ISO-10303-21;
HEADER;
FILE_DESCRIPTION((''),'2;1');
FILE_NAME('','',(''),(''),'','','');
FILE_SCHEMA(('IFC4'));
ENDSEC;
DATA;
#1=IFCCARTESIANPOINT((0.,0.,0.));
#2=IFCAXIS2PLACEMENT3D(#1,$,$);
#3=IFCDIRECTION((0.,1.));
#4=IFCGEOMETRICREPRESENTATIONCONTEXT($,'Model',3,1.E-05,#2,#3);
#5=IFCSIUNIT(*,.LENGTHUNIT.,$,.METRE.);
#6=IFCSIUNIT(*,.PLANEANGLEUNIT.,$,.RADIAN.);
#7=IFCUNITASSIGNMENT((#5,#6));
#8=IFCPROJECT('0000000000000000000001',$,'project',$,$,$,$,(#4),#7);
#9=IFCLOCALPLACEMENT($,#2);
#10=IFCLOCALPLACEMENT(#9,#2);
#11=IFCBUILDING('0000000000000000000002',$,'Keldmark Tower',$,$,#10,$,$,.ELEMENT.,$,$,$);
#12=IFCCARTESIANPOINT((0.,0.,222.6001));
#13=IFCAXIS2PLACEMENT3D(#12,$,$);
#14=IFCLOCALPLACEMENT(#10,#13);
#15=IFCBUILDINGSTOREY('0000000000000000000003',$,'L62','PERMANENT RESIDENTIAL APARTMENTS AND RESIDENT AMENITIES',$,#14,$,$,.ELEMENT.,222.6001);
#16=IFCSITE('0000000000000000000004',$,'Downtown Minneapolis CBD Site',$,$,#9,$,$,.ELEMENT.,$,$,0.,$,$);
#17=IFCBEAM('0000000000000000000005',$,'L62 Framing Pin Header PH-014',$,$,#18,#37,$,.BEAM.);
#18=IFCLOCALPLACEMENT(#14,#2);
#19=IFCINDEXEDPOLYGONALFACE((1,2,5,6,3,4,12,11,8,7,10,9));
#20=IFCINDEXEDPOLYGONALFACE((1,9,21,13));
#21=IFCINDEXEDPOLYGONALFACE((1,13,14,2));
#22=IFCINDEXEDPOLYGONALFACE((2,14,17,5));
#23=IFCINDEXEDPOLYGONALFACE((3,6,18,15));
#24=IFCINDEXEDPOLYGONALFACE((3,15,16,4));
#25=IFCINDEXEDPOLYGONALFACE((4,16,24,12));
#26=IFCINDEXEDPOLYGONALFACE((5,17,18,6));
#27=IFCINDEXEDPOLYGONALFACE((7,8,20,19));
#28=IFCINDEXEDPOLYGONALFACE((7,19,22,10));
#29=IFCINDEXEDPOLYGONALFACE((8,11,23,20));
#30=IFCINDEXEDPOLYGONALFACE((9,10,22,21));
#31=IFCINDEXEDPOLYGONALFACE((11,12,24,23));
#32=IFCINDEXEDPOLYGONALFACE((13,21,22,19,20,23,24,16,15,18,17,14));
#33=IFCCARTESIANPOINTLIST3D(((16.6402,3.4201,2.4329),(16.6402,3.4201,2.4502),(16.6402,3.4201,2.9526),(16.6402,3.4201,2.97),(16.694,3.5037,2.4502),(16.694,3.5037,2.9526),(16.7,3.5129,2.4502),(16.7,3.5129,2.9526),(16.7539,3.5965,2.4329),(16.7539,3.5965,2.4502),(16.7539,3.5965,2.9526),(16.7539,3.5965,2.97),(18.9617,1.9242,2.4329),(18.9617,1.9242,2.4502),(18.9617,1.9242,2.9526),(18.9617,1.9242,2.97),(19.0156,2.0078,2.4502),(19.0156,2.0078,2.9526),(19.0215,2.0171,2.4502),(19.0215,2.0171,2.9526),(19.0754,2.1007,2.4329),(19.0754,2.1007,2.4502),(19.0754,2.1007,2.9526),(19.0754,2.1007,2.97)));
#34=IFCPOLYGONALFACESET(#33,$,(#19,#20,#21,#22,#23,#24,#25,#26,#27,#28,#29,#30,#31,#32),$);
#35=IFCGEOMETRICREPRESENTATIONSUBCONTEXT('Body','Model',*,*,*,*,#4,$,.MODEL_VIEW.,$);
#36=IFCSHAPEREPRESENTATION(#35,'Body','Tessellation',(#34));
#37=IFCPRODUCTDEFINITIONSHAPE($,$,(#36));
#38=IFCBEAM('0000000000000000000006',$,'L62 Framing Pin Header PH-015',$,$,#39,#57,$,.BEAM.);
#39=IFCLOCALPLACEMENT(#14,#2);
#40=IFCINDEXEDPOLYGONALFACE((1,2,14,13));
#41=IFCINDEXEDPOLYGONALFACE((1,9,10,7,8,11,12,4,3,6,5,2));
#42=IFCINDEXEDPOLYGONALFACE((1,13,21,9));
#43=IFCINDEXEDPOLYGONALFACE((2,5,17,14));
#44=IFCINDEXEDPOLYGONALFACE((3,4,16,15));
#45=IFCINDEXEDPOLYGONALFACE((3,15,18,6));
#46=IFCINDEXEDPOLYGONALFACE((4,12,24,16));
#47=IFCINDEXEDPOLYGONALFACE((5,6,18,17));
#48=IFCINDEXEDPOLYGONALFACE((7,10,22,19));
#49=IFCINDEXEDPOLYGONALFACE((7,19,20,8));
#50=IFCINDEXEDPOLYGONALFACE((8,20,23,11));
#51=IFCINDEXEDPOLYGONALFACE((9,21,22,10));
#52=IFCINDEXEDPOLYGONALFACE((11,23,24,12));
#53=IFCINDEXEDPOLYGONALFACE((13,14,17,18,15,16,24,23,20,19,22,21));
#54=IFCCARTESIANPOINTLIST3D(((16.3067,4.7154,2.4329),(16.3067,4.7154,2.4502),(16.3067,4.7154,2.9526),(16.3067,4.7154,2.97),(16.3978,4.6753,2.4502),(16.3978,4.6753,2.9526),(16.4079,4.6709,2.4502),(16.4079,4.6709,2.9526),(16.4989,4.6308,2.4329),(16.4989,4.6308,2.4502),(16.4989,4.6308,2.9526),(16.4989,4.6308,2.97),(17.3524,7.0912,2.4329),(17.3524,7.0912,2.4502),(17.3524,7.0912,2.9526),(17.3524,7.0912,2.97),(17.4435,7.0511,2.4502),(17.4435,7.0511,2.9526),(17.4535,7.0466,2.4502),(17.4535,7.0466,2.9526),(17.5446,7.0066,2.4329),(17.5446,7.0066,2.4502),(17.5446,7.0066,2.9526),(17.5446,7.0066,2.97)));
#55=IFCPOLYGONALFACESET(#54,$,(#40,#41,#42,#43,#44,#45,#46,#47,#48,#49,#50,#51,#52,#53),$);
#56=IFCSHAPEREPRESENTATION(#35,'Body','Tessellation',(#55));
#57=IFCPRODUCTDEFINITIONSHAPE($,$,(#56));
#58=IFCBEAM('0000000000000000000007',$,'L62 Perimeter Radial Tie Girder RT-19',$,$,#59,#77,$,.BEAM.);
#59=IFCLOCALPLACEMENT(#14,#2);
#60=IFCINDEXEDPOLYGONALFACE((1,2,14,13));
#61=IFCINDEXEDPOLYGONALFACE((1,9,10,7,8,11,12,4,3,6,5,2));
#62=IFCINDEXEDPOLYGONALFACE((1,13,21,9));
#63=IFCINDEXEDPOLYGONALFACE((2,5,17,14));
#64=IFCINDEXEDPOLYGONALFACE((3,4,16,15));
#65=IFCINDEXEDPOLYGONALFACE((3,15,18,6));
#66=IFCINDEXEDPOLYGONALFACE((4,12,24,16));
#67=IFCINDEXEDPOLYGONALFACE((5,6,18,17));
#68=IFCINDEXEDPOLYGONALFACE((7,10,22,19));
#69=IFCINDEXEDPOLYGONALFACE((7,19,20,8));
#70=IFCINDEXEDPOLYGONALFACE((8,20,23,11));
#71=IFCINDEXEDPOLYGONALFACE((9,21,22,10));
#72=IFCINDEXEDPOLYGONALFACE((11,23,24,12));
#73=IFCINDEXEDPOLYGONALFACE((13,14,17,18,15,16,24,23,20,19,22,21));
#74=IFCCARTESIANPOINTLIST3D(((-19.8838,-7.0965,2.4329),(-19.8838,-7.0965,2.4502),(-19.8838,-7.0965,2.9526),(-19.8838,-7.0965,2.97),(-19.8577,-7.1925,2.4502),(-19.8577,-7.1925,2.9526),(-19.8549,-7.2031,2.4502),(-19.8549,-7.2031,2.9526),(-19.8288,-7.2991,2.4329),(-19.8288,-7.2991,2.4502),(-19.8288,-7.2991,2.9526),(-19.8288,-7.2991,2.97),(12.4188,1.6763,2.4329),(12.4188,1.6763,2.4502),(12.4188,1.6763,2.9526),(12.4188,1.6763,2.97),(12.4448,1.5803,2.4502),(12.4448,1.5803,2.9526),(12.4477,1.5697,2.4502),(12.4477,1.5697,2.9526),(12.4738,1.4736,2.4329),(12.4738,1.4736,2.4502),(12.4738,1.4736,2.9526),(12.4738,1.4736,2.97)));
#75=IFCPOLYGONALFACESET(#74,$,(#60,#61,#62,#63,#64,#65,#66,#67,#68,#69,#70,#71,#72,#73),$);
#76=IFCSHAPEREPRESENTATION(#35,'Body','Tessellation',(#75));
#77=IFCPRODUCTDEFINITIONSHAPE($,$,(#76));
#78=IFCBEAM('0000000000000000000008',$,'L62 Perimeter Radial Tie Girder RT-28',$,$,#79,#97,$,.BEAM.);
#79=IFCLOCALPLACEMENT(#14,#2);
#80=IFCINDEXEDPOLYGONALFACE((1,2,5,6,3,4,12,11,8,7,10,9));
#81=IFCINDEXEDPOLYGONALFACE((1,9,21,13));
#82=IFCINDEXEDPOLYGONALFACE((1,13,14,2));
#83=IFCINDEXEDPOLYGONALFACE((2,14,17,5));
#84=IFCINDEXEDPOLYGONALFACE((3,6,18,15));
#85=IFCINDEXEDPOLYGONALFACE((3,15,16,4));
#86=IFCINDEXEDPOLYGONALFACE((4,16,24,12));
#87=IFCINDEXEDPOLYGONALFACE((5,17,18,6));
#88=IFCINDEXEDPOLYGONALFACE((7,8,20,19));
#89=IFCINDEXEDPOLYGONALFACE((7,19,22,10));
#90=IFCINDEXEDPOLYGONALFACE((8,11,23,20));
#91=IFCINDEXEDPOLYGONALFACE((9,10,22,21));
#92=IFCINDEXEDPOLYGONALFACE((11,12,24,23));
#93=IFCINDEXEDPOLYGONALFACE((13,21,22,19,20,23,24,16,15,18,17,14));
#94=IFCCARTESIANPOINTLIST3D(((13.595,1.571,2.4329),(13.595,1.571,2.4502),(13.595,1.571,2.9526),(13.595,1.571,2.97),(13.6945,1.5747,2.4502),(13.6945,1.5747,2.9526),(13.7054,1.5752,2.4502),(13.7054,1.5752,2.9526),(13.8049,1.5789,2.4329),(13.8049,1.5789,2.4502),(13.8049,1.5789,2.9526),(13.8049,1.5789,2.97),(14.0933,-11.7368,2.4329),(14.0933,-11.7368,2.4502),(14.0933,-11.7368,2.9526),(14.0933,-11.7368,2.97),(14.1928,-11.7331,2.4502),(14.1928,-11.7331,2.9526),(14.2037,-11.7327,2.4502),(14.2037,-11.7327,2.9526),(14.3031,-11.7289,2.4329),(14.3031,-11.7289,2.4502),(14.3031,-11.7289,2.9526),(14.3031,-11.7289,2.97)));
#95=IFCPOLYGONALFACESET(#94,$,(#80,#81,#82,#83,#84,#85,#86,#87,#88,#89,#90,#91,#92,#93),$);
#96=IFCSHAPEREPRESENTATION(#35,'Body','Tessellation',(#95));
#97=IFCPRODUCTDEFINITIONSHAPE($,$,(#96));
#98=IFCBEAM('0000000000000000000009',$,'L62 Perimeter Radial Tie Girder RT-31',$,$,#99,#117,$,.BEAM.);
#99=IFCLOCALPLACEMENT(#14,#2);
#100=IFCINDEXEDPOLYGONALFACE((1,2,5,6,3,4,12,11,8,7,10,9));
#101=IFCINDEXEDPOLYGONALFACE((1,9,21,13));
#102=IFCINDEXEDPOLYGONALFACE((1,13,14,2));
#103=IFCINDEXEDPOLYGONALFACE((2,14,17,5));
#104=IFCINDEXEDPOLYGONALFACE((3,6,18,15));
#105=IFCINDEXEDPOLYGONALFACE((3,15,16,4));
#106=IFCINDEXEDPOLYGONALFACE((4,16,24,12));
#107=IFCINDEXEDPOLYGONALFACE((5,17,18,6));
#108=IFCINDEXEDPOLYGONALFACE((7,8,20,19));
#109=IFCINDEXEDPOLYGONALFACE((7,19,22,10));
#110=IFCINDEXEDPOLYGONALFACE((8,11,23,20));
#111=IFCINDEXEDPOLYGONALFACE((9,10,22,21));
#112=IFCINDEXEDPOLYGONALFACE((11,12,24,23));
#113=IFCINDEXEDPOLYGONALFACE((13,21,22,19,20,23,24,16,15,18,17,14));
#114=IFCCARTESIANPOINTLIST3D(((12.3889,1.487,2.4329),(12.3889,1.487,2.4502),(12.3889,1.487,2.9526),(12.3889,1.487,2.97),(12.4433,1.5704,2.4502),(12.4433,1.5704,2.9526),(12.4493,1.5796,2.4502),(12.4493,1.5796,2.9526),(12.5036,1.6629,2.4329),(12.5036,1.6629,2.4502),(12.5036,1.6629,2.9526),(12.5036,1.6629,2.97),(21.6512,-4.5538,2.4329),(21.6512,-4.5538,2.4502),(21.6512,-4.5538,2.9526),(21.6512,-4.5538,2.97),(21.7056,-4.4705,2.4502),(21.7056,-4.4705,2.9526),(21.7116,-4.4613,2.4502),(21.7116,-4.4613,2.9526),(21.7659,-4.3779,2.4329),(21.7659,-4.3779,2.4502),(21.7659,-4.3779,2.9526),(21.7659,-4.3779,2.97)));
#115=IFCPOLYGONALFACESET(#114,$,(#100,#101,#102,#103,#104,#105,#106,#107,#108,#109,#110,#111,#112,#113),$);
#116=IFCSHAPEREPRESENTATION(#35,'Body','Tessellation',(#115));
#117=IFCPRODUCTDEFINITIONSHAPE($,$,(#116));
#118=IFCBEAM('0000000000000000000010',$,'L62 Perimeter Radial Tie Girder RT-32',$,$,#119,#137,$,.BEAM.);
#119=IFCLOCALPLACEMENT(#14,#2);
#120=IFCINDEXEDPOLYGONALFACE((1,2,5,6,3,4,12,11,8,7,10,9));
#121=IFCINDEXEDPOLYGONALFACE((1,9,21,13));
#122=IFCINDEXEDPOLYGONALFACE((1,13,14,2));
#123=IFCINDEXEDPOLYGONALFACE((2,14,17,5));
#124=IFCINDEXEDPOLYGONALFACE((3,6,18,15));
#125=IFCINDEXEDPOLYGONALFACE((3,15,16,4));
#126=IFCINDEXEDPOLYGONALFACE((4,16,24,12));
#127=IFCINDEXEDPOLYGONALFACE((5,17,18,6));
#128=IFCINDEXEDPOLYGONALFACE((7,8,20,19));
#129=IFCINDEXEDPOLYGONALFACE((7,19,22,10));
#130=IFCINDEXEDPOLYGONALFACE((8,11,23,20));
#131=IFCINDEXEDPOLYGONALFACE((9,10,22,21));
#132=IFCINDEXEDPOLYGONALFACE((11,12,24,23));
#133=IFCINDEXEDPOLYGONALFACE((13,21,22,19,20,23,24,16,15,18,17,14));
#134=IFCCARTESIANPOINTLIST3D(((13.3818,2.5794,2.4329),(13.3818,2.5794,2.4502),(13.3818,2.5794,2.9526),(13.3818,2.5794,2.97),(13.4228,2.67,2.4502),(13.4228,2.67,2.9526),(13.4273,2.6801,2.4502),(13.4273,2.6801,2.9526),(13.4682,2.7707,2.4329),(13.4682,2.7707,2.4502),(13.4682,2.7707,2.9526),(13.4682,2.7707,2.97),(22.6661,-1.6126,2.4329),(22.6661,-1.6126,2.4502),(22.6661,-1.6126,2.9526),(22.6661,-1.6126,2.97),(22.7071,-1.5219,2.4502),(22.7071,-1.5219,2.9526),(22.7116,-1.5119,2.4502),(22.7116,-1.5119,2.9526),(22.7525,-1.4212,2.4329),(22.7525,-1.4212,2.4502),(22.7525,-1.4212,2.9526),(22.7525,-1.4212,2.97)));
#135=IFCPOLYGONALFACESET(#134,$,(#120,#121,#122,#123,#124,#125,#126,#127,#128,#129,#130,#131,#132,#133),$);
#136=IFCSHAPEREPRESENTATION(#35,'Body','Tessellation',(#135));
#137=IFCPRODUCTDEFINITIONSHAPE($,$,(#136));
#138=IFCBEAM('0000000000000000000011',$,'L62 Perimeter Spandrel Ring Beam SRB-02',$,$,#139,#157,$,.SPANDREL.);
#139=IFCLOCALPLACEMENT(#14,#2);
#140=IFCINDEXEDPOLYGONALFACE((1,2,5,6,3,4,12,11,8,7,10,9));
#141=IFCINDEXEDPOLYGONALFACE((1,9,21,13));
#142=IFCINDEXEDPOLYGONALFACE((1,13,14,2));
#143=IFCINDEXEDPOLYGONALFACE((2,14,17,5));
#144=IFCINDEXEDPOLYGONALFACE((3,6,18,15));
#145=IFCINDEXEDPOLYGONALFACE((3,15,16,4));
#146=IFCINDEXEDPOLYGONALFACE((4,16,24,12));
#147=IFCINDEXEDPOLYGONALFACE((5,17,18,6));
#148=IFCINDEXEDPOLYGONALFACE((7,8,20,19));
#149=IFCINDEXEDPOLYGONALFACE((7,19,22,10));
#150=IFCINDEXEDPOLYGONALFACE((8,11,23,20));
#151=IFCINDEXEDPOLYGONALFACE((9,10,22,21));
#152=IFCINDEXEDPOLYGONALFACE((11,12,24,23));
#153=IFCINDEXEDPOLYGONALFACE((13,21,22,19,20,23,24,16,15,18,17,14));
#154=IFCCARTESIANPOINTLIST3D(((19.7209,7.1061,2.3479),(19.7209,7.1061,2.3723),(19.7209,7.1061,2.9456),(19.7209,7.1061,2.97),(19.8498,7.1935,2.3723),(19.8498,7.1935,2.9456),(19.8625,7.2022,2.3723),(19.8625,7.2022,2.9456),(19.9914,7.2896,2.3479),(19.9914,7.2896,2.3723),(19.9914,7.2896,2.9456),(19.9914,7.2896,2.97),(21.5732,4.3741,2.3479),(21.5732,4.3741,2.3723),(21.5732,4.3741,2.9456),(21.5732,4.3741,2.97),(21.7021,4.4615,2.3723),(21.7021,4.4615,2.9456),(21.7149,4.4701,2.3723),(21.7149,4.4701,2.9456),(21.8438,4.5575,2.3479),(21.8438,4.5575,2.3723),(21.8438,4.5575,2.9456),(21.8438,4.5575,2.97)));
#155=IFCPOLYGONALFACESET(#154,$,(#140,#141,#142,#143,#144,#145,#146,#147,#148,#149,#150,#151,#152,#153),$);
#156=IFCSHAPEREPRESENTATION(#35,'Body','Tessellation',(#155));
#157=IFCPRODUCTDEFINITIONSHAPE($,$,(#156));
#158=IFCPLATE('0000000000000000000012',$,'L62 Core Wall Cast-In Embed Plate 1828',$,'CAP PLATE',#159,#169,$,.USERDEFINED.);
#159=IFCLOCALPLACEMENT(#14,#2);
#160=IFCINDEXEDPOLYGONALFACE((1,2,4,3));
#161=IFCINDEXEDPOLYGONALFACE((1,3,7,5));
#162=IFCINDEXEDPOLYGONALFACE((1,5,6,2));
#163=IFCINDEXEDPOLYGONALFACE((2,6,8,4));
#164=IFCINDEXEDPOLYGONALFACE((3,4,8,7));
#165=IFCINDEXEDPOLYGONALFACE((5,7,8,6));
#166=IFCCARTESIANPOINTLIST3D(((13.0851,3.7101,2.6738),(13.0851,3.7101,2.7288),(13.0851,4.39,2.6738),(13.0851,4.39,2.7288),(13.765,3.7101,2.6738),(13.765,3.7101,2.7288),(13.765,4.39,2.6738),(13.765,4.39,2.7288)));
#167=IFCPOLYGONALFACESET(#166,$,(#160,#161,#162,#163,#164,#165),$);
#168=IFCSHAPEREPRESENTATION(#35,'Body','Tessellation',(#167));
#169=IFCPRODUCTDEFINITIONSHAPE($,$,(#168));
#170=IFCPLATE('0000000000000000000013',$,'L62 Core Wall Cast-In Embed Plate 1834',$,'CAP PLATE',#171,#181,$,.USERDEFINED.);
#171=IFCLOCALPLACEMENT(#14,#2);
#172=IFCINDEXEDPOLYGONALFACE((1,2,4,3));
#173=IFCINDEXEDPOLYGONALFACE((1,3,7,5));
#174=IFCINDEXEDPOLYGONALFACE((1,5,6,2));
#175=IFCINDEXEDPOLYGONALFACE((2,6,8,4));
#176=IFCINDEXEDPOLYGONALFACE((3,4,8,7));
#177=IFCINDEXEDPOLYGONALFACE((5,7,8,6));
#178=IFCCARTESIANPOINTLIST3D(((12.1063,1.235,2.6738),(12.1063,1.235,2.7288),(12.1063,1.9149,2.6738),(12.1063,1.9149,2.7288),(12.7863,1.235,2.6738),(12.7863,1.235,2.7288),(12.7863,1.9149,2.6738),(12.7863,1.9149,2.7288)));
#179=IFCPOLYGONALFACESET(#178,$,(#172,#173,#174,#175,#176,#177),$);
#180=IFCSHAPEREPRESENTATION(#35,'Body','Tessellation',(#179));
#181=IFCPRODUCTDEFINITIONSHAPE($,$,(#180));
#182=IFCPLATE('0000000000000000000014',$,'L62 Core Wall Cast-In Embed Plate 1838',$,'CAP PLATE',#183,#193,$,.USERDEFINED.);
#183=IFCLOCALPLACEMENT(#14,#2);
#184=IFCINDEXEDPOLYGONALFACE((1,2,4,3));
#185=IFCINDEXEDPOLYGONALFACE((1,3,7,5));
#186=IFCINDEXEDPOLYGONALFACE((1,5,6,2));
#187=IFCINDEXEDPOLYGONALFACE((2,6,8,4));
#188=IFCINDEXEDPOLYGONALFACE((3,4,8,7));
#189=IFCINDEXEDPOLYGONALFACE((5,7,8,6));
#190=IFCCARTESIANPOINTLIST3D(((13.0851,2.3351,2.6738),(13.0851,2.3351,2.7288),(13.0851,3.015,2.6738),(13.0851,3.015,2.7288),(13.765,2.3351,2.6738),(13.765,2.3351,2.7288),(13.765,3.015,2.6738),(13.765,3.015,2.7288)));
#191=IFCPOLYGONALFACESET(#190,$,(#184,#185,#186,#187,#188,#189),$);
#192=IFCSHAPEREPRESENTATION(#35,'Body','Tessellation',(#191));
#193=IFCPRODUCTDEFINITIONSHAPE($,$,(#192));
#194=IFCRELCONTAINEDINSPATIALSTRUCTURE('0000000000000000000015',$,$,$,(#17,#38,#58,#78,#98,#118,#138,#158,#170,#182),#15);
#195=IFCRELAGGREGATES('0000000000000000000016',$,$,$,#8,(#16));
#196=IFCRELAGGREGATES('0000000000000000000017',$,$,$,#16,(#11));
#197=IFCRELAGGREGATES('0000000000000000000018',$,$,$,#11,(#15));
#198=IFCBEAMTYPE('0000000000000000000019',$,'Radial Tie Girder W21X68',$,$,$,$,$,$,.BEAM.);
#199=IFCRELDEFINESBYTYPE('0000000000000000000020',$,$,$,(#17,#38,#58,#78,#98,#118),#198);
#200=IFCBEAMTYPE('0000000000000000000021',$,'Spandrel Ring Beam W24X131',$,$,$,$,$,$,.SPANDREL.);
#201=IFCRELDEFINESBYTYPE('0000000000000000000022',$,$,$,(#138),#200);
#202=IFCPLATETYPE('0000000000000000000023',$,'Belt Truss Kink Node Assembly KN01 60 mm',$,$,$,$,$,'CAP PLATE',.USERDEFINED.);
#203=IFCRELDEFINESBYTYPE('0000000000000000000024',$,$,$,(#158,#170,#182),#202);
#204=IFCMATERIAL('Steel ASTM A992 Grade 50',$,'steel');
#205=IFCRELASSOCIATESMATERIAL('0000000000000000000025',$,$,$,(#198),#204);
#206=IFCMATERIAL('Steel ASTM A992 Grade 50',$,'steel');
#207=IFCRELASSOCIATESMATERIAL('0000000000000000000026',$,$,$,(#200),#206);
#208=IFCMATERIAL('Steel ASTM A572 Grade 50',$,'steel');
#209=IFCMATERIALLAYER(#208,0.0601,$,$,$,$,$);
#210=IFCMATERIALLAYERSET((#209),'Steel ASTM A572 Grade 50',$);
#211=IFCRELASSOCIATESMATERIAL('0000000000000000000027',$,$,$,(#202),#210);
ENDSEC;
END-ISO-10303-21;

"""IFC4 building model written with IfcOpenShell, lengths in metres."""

from ifc_helpers import new_model, si_unit, direction, frame, origin, origin_2d, place, context, subcontext, project, spatial, rectangle, i_section, extrude, material, layer, layer_set, material_profile, profile_set, type_object, element, save


model = new_model("IFC4")

# Units and contexts
model_context = context("Model", 3, precision=1e-05, world=origin(), true_north=direction((0.0, 1.0)))
body_context = subcontext(model_context, "Body", "Model", "MODEL_VIEW")
ifc_project = project(units=[si_unit("LENGTHUNIT", "METRE"), si_unit("PLANEANGLEUNIT", "RADIAN")], contexts=[model_context])

# Site, building, storey
site_placement = place(None, origin())
site = spatial("IfcSite", under=ifc_project, at=site_placement, Name="Downtown Minneapolis CBD Site", CompositionType="ELEMENT", RefElevation=0.0)
building_placement = place(site_placement, origin())
building = spatial("IfcBuilding", under=site, at=building_placement, Name="Keldmark Tower", CompositionType="ELEMENT")
storey_placement = place(building_placement, frame((0.0, 0.0, 222.6001)))
storey = spatial("IfcBuildingStorey", under=building, at=storey_placement, Name="L62", Description="PERMANENT RESIDENTIAL APARTMENTS AND RESIDENT AMENITIES", CompositionType="ELEMENT", Elevation=222.6001)

# Beams
ifc_material_1 = material(Name="Steel ASTM A992 Grade 50", Category="steel")
ifc_material_profile_1 = material_profile(ifc_material_1, i_section(OverallWidth=0.21, OverallDepth=0.5371, WebThickness=0.011, FlangeThickness=0.0173, at=origin_2d()), Name="W21X68")
ifc_profile_set_1 = profile_set([ifc_material_profile_1], Name="Steel ASTM A992 Grade 50")
beam_type_1 = type_object("IfcBeamType", Name="Radial Tie Girder W21X68", PredefinedType="BEAM", material=ifc_profile_set_1)
beam_1_placement = place(storey_placement, frame((16.697, 3.5083, 2.7014), z_axis=(0.840612, -0.541637, 0.0), x_axis=(0.541637, 0.840612, 0.0)))
element("IfcBeam", 1, at=beam_1_placement, inside=storey, type_object=beam_type_1, Name="L62 Framing Pin Header PH-014", PredefinedType="BEAM", context=body_context, shape_type="SweptSolid", body=[
    extrude(i_section(OverallWidth=0.21, OverallDepth=0.5371, WebThickness=0.011, FlangeThickness=0.0173, at=origin_2d()), origin(), (0.0, 0.0, 1.0), 2.7617),
])
beam_2_placement = place(storey_placement, frame((16.4028, 4.6731, 2.7014), z_axis=(0.402846, 0.915268, 0.0), x_axis=(-0.915268, 0.402846, 0.0)))
element("IfcBeam", 2, at=beam_2_placement, inside=storey, type_object=beam_type_1, Name="L62 Framing Pin Header PH-015", PredefinedType="BEAM", context=body_context, shape_type="SweptSolid", body=[
    extrude(i_section(OverallWidth=0.21, OverallDepth=0.5371, WebThickness=0.011, FlangeThickness=0.0173, at=origin_2d()), origin(), (0.0, 0.0, 1.0), 2.5957),
])
beam_3_placement = place(storey_placement, frame((12.4463, 1.575, 2.7014), z_axis=(-0.965044, -0.262087, 0.0), x_axis=(0.262087, -0.965044, 0.0)))
element("IfcBeam", 3, at=beam_3_placement, inside=storey, type_object=beam_type_1, Name="L62 Perimeter Radial Tie Girder RT-19", PredefinedType="BEAM", context=body_context, shape_type="SweptSolid", body=[
    extrude(i_section(OverallWidth=0.21, OverallDepth=0.5371, WebThickness=0.011, FlangeThickness=0.0173, at=origin_2d()), origin(), (0.0, 0.0, 1.0), 33.4727),
])
beam_4_placement = place(storey_placement, frame((13.7, 1.575, 2.7014), z_axis=(0.037417, -0.9993, 0.0), x_axis=(0.9993, 0.037417, 0.0)))
element("IfcBeam", 4, at=beam_4_placement, inside=storey, type_object=beam_type_1, Name="L62 Perimeter Radial Tie Girder RT-28", PredefinedType="BEAM", context=body_context, shape_type="SweptSolid", body=[
    extrude(i_section(OverallWidth=0.21, OverallDepth=0.5371, WebThickness=0.011, FlangeThickness=0.0173, at=origin_2d()), origin(), (0.0, 0.0, 1.0), 13.3171),
])
beam_5_placement = place(storey_placement, frame((12.4463, 1.575, 2.7014), z_axis=(0.837602, -0.546281, 0.0), x_axis=(0.546281, 0.837602, 0.0)))
element("IfcBeam", 5, at=beam_5_placement, inside=storey, type_object=beam_type_1, Name="L62 Perimeter Radial Tie Girder RT-31", PredefinedType="BEAM", context=body_context, shape_type="SweptSolid", body=[
    extrude(i_section(OverallWidth=0.21, OverallDepth=0.5371, WebThickness=0.011, FlangeThickness=0.0173, at=origin_2d()), origin(), (0.0, 0.0, 1.0), 11.0581),
])
beam_6_placement = place(storey_placement, frame((13.425, 2.675, 2.7014), z_axis=(0.911406, -0.411508, 0.0), x_axis=(0.411508, 0.911406, 0.0)))
element("IfcBeam", 6, at=beam_6_placement, inside=storey, type_object=beam_type_1, Name="L62 Perimeter Radial Tie Girder RT-32", PredefinedType="BEAM", context=body_context, shape_type="SweptSolid", body=[
    extrude(i_section(OverallWidth=0.21, OverallDepth=0.5371, WebThickness=0.011, FlangeThickness=0.0173, at=origin_2d()), origin(), (0.0, 0.0, 1.0), 10.1868),
])
ifc_material_2 = material(Name="Steel ASTM A992 Grade 50", Category="steel")
ifc_material_profile_2 = material_profile(ifc_material_2, i_section(OverallWidth=0.3269, OverallDepth=0.6221, WebThickness=0.0154, FlangeThickness=0.0244, at=origin_2d()), Name="W24X131")
ifc_profile_set_2 = profile_set([ifc_material_profile_2], Name="Steel ASTM A992 Grade 50")
beam_type_2 = type_object("IfcBeamType", Name="Spandrel Ring Beam W24X131", PredefinedType="SPANDREL", material=ifc_profile_set_2)
beam_7_placement = place(storey_placement, frame((21.7085, 4.4658, 2.6589), z_axis=(-0.561187, 0.827689, 0.0), x_axis=(-0.827689, -0.561187, 0.0)))
element("IfcBeam", 7, at=beam_7_placement, inside=storey, type_object=beam_type_2, Name="L62 Perimeter Spandrel Ring Beam SRB-02", PredefinedType="SPANDREL", context=body_context, shape_type="SweptSolid", body=[
    extrude(i_section(OverallWidth=0.3269, OverallDepth=0.6221, WebThickness=0.0154, FlangeThickness=0.0244, at=origin_2d()), origin(), (0.0, 0.0, 1.0), 3.3008),
])

# Plates
ifc_material_3 = material(Name="Steel ASTM A572 Grade 50", Category="steel")
ifc_layer_1 = layer(ifc_material_3, 0.0601)
ifc_layer_set_1 = layer_set([ifc_layer_1], Name="Steel ASTM A572 Grade 50")
plate_type_1 = type_object("IfcPlateType", Name="Belt Truss Kink Node Assembly KN01 60 mm", ElementType="CAP PLATE", PredefinedType="USERDEFINED", material=ifc_layer_set_1)
for number, where, z_axis, x_axis, name in (
    (8, (13.425, 4.05, 2.6738), (0.0, 0.0, 1.0), (1.0, 0.0, 0.0), "L62 Core Wall Cast-In Embed Plate 1828"),
    (9, (12.4463, 1.575, 2.6738), (0.0, 0.0, 1.0), (1.0, 0.0, 0.0), "L62 Core Wall Cast-In Embed Plate 1834"),
    (10, (13.425, 2.675, 2.6738), (0.0, 0.0, 1.0), (1.0, 0.0, 0.0), "L62 Core Wall Cast-In Embed Plate 1838"),
):
    element("IfcPlate", number, at=place(storey_placement, frame(where, z_axis=z_axis, x_axis=x_axis)), inside=storey, type_object=plate_type_1, Name=name, ObjectType="CAP PLATE", PredefinedType="USERDEFINED", context=body_context, shape_type="SweptSolid", body=[
        extrude(rectangle(XDim=0.6799, YDim=0.6799, at=origin_2d()), origin(), (0.0, 0.0, 1.0), 0.0549),
    ])

save(model, "model.ifc")
